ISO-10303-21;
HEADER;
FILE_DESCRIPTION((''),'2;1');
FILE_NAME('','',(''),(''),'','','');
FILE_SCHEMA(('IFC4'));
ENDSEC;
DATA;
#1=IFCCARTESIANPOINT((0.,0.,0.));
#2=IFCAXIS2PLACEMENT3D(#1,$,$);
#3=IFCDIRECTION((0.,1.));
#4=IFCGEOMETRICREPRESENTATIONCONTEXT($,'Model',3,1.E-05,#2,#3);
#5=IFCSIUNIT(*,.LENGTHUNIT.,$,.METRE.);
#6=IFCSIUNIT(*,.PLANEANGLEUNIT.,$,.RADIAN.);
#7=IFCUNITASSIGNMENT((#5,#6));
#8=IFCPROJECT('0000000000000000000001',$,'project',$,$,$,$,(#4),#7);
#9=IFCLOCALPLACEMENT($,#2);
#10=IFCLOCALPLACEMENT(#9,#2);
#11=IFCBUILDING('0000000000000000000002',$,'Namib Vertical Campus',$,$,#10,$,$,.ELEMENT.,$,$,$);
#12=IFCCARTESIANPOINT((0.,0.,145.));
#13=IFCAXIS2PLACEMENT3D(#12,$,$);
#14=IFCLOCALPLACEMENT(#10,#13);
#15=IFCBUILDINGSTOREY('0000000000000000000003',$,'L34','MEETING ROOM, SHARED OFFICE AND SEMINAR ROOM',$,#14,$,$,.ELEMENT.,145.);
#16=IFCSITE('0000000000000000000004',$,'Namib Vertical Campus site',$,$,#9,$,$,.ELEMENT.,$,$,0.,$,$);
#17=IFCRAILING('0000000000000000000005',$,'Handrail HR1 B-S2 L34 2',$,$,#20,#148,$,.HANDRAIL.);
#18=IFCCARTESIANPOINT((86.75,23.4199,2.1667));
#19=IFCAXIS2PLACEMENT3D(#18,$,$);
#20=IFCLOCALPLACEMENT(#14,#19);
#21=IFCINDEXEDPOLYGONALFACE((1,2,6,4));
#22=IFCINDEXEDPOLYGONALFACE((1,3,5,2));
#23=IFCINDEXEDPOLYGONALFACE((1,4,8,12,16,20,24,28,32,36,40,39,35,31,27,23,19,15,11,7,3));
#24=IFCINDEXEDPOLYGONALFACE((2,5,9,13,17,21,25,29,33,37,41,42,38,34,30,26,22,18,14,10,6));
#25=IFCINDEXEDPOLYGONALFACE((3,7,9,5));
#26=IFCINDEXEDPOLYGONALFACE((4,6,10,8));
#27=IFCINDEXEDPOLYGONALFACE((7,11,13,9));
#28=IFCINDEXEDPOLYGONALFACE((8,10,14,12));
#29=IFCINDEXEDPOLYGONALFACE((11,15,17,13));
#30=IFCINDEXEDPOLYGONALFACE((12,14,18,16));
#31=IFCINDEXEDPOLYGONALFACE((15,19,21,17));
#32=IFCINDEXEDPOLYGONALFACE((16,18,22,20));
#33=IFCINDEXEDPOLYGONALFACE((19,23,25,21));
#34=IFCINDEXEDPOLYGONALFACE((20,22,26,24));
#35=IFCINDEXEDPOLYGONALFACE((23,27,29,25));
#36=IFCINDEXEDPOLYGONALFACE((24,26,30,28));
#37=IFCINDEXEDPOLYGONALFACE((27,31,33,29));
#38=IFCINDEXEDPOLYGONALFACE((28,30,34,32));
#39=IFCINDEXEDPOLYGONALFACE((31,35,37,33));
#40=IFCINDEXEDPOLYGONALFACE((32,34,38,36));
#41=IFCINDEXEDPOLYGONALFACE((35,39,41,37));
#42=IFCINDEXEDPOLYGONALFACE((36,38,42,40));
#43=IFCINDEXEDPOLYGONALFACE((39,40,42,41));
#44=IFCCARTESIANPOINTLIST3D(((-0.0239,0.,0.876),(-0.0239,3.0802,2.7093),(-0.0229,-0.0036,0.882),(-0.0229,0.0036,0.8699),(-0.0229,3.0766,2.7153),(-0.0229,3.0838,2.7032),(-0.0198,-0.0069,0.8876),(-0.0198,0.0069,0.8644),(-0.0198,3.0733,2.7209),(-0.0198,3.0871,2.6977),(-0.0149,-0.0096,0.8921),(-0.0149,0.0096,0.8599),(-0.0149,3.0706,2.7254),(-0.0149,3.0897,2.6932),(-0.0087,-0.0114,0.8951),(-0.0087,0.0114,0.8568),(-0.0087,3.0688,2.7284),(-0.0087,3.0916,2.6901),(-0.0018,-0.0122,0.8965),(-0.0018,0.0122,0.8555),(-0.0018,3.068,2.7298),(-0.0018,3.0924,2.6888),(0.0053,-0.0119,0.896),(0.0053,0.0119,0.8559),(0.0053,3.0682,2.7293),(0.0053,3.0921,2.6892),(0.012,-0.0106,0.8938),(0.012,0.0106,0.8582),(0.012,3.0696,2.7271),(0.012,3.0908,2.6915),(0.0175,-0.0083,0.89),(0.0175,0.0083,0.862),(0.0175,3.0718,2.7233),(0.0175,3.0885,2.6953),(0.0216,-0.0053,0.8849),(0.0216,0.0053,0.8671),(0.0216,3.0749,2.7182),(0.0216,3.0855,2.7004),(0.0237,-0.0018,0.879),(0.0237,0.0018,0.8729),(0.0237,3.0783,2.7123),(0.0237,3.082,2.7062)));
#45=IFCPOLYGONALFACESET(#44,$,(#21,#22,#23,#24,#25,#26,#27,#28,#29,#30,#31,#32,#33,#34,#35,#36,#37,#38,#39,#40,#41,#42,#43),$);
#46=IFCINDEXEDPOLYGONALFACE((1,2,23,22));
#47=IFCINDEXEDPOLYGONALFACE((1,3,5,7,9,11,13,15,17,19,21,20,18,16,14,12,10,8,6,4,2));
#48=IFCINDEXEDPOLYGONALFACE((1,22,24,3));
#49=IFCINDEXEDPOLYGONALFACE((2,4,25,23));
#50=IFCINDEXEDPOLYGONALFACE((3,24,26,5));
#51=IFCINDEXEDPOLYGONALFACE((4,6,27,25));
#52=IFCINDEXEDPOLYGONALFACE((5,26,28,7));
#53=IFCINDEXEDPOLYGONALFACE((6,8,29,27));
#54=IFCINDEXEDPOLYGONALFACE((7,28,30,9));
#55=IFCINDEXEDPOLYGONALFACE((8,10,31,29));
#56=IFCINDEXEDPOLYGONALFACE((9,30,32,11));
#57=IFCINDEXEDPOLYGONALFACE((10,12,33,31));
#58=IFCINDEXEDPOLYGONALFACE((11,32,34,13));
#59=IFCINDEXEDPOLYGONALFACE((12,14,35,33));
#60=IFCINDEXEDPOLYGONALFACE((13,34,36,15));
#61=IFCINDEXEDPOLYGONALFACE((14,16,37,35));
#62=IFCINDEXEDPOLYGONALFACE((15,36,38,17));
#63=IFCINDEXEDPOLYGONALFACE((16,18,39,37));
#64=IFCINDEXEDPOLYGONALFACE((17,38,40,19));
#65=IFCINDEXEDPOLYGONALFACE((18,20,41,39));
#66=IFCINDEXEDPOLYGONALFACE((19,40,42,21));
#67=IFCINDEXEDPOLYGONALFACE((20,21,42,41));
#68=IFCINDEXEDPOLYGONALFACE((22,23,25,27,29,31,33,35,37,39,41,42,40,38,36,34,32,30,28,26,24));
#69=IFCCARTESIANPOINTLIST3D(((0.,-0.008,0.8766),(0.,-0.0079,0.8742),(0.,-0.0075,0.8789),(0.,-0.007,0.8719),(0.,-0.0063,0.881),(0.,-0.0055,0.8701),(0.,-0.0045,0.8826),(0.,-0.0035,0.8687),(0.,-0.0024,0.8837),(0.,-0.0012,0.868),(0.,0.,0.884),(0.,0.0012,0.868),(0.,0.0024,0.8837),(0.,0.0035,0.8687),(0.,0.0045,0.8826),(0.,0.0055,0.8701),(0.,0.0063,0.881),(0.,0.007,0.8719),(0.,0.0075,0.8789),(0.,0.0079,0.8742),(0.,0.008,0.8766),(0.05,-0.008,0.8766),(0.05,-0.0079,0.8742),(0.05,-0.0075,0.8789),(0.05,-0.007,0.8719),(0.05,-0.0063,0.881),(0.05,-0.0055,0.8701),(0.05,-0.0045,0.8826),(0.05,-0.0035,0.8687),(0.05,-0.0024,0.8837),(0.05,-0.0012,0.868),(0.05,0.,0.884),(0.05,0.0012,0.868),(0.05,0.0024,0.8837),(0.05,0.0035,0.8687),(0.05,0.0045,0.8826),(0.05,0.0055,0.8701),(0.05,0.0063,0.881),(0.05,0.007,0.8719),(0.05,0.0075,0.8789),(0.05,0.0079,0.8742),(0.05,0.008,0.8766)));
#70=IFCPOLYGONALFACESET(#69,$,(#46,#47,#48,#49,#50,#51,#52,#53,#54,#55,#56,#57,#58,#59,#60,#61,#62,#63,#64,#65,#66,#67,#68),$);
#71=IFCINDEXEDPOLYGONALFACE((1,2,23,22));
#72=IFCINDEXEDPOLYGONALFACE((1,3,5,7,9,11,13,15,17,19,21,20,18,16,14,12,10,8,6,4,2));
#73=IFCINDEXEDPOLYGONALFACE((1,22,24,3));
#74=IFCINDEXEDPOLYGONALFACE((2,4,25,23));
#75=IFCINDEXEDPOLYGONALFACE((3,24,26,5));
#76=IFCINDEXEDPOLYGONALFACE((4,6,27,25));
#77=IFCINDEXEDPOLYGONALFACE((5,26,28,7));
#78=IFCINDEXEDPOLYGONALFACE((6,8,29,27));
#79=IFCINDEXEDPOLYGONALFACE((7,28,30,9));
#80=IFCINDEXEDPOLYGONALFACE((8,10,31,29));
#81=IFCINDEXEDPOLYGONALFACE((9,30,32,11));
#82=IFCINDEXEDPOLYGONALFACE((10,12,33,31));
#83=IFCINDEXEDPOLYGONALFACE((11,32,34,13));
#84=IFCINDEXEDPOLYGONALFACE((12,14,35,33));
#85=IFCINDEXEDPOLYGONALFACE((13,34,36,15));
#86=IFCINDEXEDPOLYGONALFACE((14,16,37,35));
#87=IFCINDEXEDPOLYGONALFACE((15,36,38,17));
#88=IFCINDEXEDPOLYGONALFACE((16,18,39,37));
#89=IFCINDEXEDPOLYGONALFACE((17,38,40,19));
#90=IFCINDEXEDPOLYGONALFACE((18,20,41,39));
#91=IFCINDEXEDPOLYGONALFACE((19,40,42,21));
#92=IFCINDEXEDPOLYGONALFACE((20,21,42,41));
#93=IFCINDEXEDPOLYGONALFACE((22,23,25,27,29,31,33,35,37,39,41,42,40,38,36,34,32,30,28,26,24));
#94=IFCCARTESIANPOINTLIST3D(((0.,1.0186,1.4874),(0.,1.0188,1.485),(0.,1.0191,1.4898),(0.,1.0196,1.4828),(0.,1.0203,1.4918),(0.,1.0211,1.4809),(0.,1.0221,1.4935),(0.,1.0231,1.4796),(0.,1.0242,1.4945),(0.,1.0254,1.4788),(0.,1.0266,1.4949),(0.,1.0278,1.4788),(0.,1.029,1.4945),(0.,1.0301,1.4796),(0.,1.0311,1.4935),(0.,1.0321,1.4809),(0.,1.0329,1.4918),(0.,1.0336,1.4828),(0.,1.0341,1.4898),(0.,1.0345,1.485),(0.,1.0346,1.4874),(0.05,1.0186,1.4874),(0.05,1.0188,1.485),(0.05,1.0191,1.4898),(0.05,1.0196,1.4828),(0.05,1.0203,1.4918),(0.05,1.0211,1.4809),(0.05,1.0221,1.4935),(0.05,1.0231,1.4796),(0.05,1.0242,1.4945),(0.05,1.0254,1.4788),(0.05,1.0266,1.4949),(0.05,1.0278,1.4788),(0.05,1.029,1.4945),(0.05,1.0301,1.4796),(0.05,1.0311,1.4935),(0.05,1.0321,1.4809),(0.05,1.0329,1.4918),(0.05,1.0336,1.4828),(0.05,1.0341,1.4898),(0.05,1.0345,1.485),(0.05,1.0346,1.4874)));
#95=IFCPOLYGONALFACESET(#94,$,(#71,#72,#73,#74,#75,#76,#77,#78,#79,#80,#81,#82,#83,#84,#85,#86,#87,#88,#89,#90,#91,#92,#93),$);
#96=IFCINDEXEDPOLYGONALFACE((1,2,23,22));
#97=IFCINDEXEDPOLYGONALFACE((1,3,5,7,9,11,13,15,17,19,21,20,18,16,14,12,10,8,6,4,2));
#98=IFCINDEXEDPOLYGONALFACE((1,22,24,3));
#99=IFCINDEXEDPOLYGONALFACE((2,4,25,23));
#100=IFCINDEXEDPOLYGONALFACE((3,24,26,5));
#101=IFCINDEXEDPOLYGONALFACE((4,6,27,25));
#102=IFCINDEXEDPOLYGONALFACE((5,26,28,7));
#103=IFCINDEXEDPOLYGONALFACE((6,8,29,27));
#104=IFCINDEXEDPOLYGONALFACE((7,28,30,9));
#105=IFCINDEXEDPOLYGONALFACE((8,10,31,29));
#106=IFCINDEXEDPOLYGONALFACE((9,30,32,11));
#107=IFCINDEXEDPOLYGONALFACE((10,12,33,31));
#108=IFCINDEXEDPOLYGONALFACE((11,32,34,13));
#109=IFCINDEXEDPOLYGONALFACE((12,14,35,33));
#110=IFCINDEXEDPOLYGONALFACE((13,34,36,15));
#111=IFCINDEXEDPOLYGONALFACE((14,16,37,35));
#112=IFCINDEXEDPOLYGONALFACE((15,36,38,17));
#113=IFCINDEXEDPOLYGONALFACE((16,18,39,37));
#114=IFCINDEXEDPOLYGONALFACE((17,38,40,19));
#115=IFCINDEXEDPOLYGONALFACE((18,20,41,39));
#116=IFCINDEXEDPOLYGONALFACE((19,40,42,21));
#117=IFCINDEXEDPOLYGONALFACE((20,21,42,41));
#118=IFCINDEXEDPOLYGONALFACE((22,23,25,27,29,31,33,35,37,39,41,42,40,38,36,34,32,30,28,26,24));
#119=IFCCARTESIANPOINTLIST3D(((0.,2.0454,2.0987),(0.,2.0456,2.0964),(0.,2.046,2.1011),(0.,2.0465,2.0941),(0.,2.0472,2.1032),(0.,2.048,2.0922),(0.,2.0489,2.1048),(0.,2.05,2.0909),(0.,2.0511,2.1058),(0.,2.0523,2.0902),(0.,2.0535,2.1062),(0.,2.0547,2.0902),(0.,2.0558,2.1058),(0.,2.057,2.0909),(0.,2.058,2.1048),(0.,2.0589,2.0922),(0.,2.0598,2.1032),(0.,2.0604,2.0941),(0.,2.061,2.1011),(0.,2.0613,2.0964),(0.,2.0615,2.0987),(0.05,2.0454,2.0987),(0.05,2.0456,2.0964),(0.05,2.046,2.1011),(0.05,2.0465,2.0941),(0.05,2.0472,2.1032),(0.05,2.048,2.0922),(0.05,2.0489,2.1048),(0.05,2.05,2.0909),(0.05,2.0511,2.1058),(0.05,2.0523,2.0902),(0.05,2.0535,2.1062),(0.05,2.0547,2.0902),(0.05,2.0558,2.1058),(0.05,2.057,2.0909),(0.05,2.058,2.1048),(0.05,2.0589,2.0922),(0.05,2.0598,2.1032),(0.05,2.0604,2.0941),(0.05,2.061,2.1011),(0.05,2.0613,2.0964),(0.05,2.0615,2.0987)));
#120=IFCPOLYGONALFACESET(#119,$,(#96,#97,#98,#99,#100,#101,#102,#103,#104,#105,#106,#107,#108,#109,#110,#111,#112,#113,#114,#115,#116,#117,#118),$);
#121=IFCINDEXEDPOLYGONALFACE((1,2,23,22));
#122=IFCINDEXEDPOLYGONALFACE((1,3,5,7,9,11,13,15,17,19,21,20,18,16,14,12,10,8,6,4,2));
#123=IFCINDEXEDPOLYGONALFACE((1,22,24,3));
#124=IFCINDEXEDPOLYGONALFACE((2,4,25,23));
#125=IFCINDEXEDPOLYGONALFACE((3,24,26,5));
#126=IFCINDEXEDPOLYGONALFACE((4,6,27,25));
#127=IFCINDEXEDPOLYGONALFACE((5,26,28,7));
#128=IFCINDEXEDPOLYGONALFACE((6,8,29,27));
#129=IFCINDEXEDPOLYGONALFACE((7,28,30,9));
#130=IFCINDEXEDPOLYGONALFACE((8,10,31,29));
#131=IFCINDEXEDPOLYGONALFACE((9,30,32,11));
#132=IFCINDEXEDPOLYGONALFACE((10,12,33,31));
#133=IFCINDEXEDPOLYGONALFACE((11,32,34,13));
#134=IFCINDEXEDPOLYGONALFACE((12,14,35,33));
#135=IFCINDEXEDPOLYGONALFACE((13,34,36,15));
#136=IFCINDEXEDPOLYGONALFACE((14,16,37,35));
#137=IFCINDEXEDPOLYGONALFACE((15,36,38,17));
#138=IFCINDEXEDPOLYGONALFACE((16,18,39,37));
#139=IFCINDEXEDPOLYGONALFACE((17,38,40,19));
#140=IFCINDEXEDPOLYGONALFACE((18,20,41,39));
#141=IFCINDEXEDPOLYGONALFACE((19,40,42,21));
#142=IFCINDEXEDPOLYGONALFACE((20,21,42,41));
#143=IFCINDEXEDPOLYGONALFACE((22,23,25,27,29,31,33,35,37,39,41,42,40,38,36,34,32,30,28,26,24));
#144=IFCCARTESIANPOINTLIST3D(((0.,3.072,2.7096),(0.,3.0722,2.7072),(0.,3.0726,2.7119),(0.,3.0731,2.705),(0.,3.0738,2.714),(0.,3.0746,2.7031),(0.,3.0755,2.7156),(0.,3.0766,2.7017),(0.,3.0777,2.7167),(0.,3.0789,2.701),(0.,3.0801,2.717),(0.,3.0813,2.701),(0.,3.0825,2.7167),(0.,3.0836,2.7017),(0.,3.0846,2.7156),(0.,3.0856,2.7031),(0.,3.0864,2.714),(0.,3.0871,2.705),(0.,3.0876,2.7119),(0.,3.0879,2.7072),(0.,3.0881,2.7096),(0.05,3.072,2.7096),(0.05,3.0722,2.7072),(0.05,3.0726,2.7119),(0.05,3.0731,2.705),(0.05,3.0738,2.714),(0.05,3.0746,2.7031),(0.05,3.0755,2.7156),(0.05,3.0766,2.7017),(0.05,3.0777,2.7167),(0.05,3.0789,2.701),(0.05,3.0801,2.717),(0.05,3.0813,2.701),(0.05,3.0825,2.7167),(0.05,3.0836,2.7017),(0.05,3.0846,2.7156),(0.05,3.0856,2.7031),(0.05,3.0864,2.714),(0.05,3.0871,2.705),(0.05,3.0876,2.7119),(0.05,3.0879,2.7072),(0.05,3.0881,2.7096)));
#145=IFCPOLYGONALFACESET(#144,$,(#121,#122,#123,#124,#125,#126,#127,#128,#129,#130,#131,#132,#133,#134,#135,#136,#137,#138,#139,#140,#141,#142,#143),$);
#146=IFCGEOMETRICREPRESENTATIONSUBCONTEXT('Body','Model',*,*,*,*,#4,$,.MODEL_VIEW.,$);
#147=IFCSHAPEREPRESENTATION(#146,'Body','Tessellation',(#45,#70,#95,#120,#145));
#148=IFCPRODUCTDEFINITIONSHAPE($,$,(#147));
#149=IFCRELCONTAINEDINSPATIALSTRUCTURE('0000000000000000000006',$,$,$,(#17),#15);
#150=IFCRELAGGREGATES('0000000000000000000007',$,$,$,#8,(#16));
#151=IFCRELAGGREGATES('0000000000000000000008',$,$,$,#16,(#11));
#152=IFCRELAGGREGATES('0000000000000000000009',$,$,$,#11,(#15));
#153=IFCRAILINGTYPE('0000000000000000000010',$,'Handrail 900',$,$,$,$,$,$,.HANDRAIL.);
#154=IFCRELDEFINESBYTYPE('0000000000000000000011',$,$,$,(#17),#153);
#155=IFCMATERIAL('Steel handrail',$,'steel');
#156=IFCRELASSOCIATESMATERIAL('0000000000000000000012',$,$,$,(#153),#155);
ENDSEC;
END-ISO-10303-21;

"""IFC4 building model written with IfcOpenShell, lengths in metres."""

from ifc_helpers import new_model, si_unit, direction, frame, origin, origin_2d, place, context, subcontext, project, spatial, circle, extrude, material, type_object, element, save


model = new_model("IFC4")

# Units and contexts
model_context = context("Model", 3, precision=1e-05, world=origin(), true_north=direction((0.0, 1.0)))
body_context = subcontext(model_context, "Body", "Model", "MODEL_VIEW")
ifc_project = project(units=[si_unit("LENGTHUNIT", "METRE"), si_unit("PLANEANGLEUNIT", "RADIAN")], contexts=[model_context])

# Site, building, storey
site_placement = place(None, origin())
site = spatial("IfcSite", under=ifc_project, at=site_placement, Name="Namib Vertical Campus site", CompositionType="ELEMENT", RefElevation=0.0)
building_placement = place(site_placement, origin())
building = spatial("IfcBuilding", under=site, at=building_placement, Name="Namib Vertical Campus", CompositionType="ELEMENT")
storey_placement = place(building_placement, frame((0.0, 0.0, 145.0)))
storey = spatial("IfcBuildingStorey", under=building, at=storey_placement, Name="L34", Description="MEETING ROOM, SHARED OFFICE AND SEMINAR ROOM", CompositionType="ELEMENT", Elevation=145.0)

# Railing
ifc_material_1 = material(Name="Steel handrail", Category="steel")
railing_type_1 = type_object("IfcRailingType", Name="Handrail 900", PredefinedType="HANDRAIL", material=ifc_material_1)
railing_1_placement = place(storey_placement, frame((86.75, 23.4199, 2.1667)))
element("IfcRailing", 1, at=railing_1_placement, inside=storey, type_object=railing_type_1, Name="Handrail HR1 B-S2 L34 2", PredefinedType="HANDRAIL", context=body_context, shape_type="SweptSolid", body=[
    extrude(circle(Radius=0.0239, at=origin_2d()), frame((0.0, 0.0, 0.876), z_axis=(0.0, 0.859309, 0.511458), x_axis=(-1.0, 0.0, 0.0)), (0.0, 0.0, 1.0), 3.5845),
    extrude(circle(Radius=0.0081, at=origin_2d()), frame((0.0, 0.0, 0.876), z_axis=(1.0, 0.0, 0.0), x_axis=(0.0, 0.0, 1.0)), (0.0, 0.0, 1.0), 0.05),
    extrude(circle(Radius=0.0081, at=origin_2d()), frame((0.0, 1.0266, 1.4868), z_axis=(1.0, 0.0, 0.0), x_axis=(0.0, 0.0, 1.0)), (0.0, 0.0, 1.0), 0.05),
    extrude(circle(Radius=0.0081, at=origin_2d()), frame((0.0, 2.0535, 2.0981), z_axis=(1.0, 0.0, 0.0), x_axis=(0.0, 0.0, 1.0)), (0.0, 0.0, 1.0), 0.05),
    extrude(circle(Radius=0.0081, at=origin_2d()), frame((0.0, 3.0801, 2.709), z_axis=(1.0, 0.0, 0.0), x_axis=(0.0, 0.0, 1.0)), (0.0, 0.0, 1.0), 0.05),
])

save(model, "model.ifc")
